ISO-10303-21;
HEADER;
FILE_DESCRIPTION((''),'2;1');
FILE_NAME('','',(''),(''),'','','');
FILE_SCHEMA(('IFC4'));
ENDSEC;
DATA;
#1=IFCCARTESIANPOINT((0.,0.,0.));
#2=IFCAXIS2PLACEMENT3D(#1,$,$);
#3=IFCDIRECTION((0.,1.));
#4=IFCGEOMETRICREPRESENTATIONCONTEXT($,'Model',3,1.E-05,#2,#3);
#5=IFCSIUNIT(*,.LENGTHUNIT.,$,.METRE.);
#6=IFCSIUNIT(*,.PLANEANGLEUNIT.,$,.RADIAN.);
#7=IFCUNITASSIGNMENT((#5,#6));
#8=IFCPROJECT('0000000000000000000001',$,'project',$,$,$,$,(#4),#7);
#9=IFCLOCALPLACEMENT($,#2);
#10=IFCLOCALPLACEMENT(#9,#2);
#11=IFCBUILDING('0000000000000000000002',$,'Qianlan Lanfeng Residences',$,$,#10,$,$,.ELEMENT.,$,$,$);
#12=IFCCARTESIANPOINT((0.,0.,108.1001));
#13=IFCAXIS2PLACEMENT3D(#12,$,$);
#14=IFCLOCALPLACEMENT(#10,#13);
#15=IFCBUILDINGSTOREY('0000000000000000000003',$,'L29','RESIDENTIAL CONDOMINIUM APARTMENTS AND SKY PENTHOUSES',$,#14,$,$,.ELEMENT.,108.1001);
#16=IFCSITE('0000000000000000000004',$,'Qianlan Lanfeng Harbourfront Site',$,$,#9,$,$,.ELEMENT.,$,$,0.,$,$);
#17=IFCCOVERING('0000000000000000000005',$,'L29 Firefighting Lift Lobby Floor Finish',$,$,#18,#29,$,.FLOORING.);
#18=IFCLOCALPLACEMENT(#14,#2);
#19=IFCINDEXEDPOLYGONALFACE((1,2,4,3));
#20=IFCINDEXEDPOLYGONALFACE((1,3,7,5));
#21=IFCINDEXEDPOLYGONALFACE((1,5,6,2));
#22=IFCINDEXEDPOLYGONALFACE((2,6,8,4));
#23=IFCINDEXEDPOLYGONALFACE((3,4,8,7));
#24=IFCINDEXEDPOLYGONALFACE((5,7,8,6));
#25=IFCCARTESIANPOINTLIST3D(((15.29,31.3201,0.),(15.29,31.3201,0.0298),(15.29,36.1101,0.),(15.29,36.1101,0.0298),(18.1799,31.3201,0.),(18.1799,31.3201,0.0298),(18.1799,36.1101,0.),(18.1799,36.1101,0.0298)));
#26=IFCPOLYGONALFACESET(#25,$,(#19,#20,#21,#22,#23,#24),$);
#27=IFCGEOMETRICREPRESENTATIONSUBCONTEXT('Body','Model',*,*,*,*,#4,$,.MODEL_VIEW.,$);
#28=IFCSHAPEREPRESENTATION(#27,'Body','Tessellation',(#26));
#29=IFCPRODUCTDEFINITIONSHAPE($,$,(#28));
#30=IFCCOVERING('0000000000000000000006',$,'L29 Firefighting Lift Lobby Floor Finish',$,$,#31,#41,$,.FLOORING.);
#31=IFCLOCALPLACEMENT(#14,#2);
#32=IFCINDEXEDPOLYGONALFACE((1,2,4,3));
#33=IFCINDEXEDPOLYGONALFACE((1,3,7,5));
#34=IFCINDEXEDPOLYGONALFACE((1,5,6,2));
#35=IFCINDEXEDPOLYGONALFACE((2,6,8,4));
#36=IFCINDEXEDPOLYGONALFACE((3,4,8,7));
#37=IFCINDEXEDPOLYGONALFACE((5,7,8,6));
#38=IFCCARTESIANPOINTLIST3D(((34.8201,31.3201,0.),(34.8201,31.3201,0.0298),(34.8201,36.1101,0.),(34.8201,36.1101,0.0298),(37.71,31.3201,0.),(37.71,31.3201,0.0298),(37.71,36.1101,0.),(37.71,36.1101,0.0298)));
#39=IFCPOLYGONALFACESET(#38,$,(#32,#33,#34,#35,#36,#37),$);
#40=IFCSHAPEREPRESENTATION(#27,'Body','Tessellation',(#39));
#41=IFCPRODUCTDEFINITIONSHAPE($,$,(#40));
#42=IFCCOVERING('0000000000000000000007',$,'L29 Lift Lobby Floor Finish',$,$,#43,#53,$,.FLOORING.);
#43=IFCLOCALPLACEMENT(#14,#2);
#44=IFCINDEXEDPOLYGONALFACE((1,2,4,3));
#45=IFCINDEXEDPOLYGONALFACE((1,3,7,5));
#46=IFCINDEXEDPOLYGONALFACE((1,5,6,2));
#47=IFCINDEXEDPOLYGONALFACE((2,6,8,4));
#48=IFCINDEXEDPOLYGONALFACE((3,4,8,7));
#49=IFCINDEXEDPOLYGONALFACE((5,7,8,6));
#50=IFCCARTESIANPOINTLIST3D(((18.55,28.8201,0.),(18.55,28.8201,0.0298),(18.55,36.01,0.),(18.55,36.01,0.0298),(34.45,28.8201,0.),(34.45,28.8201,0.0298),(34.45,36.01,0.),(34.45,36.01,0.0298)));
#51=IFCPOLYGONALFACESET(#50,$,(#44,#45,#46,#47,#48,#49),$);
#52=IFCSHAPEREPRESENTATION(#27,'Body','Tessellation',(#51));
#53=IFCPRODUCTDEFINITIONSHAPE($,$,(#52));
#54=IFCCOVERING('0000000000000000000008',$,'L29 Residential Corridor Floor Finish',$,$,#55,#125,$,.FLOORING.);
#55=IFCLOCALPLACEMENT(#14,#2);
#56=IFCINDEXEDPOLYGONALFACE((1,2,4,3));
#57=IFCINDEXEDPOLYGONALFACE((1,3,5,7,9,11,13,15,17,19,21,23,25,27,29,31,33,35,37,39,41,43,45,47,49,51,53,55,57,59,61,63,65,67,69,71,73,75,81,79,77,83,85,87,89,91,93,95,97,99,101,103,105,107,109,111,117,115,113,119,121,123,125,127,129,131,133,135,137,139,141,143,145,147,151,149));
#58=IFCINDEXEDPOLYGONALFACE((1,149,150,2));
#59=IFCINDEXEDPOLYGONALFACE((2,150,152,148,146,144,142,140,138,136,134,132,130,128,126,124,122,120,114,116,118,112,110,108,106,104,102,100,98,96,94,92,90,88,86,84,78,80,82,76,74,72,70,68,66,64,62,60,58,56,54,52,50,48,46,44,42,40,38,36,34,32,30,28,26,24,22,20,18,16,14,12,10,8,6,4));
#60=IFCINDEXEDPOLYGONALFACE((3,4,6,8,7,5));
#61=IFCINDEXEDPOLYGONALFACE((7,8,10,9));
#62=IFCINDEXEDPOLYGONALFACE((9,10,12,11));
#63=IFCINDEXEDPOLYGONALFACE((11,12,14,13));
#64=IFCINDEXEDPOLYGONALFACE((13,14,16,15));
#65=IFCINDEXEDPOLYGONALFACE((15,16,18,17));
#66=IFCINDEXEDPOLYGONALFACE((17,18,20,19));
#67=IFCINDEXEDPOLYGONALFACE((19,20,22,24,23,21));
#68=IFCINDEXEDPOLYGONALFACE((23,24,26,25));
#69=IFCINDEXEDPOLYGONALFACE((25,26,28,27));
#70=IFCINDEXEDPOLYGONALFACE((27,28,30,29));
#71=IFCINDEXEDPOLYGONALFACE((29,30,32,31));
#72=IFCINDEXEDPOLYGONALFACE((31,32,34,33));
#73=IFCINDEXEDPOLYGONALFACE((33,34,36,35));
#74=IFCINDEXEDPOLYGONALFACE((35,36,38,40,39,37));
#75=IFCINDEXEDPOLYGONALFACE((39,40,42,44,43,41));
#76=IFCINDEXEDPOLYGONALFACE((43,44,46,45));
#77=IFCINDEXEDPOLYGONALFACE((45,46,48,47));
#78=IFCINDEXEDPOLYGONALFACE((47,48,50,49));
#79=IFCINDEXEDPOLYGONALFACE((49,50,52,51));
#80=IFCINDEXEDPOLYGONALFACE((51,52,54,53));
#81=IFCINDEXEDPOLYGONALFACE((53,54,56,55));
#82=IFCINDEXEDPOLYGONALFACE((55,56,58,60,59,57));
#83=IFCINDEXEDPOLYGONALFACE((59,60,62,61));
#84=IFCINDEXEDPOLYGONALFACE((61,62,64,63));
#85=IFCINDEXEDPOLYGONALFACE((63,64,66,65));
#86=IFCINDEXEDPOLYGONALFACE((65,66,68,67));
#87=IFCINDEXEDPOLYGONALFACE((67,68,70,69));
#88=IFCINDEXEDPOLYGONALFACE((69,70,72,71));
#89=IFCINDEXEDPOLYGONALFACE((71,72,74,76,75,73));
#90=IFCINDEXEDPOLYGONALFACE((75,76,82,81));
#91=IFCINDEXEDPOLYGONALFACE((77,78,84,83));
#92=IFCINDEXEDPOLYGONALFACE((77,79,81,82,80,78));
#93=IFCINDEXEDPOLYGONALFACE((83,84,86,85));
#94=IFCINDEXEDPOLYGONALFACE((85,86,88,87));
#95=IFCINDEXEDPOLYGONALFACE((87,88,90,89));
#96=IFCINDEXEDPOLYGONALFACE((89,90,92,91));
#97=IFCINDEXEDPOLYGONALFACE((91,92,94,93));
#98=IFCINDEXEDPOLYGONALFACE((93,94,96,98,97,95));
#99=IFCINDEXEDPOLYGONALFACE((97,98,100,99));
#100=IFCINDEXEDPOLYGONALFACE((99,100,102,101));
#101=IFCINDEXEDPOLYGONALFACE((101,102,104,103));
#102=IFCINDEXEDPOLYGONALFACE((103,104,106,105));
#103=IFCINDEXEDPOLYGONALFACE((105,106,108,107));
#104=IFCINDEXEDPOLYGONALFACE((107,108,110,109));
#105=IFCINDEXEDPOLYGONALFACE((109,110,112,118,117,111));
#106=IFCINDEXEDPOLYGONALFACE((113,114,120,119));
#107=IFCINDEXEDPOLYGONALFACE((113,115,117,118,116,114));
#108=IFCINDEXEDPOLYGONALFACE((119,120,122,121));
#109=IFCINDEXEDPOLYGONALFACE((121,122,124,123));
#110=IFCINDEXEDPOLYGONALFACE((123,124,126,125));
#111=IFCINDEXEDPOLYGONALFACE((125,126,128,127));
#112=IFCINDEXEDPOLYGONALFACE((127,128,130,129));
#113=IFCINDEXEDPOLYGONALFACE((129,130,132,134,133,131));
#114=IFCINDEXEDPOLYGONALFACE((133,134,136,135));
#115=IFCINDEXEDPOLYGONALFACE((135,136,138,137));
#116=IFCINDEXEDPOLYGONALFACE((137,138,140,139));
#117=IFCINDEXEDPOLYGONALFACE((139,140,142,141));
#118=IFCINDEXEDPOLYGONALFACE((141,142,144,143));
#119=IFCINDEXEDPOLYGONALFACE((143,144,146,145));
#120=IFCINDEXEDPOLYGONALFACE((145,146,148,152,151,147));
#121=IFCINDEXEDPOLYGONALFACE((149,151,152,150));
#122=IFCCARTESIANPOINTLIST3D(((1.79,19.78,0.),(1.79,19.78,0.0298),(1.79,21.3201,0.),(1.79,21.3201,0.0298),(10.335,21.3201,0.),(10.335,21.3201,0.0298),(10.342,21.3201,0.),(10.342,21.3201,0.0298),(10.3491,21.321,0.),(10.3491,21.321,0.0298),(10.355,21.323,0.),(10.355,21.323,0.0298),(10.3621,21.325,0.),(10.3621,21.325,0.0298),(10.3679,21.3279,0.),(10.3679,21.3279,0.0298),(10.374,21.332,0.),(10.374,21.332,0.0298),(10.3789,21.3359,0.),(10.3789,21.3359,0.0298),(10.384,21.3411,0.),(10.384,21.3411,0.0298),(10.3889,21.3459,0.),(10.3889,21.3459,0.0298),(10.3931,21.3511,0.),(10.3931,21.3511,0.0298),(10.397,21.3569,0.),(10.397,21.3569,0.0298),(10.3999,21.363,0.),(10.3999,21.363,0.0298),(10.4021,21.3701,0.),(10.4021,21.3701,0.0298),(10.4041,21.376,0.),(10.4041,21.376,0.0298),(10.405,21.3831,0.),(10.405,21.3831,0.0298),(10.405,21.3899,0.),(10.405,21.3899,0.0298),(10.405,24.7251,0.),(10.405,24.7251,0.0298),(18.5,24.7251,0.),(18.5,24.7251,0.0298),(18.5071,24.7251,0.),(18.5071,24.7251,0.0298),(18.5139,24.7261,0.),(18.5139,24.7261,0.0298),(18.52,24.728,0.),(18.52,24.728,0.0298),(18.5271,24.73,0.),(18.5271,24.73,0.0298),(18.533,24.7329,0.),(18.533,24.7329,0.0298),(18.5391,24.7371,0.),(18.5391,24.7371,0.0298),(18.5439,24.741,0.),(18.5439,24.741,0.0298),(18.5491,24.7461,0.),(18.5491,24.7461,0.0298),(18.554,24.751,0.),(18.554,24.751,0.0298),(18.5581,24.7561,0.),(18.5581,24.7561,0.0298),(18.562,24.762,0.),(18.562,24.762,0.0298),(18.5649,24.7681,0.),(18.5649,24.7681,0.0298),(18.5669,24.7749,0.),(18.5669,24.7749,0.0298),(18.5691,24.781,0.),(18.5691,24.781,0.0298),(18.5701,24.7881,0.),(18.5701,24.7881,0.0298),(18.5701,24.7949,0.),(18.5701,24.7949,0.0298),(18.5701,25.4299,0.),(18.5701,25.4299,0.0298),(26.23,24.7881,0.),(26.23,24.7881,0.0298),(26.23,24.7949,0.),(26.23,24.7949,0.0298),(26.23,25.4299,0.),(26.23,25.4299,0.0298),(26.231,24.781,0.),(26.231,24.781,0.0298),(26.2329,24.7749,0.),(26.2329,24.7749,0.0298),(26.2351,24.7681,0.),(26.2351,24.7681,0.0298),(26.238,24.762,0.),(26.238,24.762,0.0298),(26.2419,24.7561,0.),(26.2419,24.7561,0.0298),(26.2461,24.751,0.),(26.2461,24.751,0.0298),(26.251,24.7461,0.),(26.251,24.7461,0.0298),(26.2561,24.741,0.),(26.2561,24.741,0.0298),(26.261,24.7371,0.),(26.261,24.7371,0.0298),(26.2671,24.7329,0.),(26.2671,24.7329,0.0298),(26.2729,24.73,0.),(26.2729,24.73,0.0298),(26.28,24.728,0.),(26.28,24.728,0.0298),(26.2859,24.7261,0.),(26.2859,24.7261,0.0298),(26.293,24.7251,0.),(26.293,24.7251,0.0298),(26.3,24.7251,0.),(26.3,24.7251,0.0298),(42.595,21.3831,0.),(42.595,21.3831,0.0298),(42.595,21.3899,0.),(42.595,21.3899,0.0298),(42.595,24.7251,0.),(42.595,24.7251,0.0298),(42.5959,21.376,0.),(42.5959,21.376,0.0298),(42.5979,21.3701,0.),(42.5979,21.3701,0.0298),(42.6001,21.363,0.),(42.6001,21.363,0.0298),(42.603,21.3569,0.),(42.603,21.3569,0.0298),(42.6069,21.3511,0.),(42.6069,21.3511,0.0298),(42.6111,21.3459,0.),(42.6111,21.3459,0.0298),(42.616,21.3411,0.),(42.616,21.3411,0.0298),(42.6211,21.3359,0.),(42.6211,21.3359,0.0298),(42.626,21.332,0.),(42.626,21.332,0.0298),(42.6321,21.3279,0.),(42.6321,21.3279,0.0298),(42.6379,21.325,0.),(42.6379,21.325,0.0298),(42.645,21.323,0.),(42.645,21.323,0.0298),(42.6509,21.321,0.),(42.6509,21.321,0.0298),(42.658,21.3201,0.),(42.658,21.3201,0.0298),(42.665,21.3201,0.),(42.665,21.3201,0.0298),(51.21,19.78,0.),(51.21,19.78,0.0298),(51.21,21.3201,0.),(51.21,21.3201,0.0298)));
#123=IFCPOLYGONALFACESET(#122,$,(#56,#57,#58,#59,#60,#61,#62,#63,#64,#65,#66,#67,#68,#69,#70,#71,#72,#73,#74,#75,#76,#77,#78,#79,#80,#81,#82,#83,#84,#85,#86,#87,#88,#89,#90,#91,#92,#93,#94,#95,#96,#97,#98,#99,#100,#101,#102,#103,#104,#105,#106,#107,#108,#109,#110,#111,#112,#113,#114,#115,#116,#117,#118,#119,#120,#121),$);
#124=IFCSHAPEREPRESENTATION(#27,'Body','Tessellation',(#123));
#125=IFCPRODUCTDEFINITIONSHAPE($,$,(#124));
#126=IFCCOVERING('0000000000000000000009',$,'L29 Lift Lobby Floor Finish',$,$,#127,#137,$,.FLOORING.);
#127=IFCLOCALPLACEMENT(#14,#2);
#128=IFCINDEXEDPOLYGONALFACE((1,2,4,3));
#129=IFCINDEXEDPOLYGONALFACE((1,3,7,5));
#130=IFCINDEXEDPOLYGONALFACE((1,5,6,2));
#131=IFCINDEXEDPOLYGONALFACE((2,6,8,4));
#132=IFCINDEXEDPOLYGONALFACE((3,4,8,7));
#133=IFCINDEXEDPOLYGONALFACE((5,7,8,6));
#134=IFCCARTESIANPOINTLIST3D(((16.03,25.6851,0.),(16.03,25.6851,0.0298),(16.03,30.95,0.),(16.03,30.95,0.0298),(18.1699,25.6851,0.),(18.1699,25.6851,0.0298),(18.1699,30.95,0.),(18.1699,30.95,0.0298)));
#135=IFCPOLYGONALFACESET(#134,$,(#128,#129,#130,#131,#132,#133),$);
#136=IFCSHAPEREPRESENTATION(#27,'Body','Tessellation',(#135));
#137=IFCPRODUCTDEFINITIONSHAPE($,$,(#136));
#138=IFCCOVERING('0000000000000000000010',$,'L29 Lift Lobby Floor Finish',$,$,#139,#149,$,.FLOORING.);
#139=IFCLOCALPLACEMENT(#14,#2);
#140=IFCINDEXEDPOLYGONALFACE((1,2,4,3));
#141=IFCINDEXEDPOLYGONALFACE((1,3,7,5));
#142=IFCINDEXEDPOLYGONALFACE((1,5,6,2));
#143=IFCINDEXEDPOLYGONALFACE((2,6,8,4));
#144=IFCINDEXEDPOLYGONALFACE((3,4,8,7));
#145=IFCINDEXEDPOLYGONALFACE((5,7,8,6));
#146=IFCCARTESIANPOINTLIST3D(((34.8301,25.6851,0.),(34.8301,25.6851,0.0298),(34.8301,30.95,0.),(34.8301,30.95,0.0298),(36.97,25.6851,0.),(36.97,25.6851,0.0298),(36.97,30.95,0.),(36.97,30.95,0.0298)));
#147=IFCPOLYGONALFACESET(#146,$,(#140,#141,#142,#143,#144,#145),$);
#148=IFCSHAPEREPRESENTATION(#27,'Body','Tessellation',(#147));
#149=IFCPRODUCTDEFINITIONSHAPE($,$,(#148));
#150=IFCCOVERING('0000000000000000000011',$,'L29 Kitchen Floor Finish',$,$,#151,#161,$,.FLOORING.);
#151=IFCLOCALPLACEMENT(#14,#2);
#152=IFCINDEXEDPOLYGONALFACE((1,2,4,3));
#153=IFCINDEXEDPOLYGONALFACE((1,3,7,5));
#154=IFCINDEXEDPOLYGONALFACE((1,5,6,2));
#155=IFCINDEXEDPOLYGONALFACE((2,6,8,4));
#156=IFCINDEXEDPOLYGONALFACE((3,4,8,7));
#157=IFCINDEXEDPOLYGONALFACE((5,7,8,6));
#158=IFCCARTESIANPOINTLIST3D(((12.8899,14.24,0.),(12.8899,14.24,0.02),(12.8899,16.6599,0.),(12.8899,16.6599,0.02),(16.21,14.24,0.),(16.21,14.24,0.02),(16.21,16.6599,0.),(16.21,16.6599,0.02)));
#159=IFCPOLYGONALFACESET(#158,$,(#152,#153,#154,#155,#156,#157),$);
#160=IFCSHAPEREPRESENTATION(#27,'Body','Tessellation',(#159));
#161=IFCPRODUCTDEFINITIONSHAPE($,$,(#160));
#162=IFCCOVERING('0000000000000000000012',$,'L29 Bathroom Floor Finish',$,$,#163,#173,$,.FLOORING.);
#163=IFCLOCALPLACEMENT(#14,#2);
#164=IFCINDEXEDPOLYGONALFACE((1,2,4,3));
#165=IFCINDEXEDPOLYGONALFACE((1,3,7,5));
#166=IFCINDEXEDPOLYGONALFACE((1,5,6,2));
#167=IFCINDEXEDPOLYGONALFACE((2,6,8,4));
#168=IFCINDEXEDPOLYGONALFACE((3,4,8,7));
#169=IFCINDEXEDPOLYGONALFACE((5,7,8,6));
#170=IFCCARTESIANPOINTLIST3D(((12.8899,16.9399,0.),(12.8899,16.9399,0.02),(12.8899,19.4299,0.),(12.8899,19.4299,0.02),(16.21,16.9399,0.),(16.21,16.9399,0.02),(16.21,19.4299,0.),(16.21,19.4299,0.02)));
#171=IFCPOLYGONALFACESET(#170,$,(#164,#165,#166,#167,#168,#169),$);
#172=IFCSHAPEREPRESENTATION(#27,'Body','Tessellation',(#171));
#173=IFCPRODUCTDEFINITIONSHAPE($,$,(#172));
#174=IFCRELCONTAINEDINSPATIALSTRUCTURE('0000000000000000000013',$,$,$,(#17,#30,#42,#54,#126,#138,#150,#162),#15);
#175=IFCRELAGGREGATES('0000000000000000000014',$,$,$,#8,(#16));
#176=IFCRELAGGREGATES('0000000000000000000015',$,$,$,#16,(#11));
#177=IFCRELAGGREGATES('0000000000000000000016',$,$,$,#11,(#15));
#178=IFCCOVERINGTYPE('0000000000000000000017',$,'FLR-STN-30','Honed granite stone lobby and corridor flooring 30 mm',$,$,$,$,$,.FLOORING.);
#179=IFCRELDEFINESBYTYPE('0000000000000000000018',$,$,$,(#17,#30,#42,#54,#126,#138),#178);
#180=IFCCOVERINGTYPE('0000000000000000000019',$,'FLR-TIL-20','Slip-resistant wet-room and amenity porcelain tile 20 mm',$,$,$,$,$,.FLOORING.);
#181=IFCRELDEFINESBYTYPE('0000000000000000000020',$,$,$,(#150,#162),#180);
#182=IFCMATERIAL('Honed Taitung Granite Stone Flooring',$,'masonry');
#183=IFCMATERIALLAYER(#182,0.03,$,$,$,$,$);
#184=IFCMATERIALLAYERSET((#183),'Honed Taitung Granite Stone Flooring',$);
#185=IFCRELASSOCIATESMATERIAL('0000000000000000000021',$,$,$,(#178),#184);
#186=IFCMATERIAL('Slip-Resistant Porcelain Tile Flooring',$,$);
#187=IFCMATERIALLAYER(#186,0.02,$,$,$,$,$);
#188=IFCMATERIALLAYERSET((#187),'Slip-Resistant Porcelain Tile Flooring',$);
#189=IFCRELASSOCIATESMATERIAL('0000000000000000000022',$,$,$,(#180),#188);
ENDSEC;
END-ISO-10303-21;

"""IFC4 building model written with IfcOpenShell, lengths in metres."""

from ifc_helpers import new_model, si_unit, direction, frame, origin, place, context, subcontext, project, spatial, polyline, outline, extrude, material, layer, layer_set, type_object, element, save


model = new_model("IFC4")

# Units and contexts
model_context = context("Model", 3, precision=1e-05, world=origin(), true_north=direction((0.0, 1.0)))
body_context = subcontext(model_context, "Body", "Model", "MODEL_VIEW")
ifc_project = project(units=[si_unit("LENGTHUNIT", "METRE"), si_unit("PLANEANGLEUNIT", "RADIAN")], contexts=[model_context])

# Site, building, storey
site_placement = place(None, origin())
site = spatial("IfcSite", under=ifc_project, at=site_placement, Name="Qianlan Lanfeng Harbourfront Site", CompositionType="ELEMENT", RefElevation=0.0)
building_placement = place(site_placement, origin())
building = spatial("IfcBuilding", under=site, at=building_placement, Name="Qianlan Lanfeng Residences", CompositionType="ELEMENT")
storey_placement = place(building_placement, frame((0.0, 0.0, 108.1001)))
storey = spatial("IfcBuildingStorey", under=building, at=storey_placement, Name="L29", Description="RESIDENTIAL CONDOMINIUM APARTMENTS AND SKY PENTHOUSES", CompositionType="ELEMENT", Elevation=108.1001)

# Coverings
ifc_material_1 = material(Name="Honed Taitung Granite Stone Flooring", Category="masonry")
ifc_layer_1 = layer(ifc_material_1, 0.03)
ifc_layer_set_1 = layer_set([ifc_layer_1], Name="Honed Taitung Granite Stone Flooring")
covering_type_1 = type_object("IfcCoveringType", Name="FLR-STN-30", Description="Honed granite stone lobby and corridor flooring 30 mm", PredefinedType="FLOORING", material=ifc_layer_set_1)
covering_1_placement = place(storey_placement, origin())
element("IfcCovering", 1, at=covering_1_placement, inside=storey, type_object=covering_type_1, Name="L29 Firefighting Lift Lobby Floor Finish", PredefinedType="FLOORING", context=body_context, shape_type="SweptSolid", body=[
    extrude(outline(polyline([(15.29, 31.3201), (18.1799, 31.3201), (18.1799, 36.1101), (15.29, 36.1101), (15.29, 31.3201)])), origin(), (0.0, 0.0, 1.0), 0.0298),
])
covering_2_placement = place(storey_placement, origin())
element("IfcCovering", 2, at=covering_2_placement, inside=storey, type_object=covering_type_1, Name="L29 Firefighting Lift Lobby Floor Finish", PredefinedType="FLOORING", context=body_context, shape_type="SweptSolid", body=[
    extrude(outline(polyline([(34.8201, 31.3201), (37.71, 31.3201), (37.71, 36.1101), (34.8201, 36.1101), (34.8201, 31.3201)])), origin(), (0.0, 0.0, 1.0), 0.0298),
])
covering_3_placement = place(storey_placement, origin())
element("IfcCovering", 3, at=covering_3_placement, inside=storey, type_object=covering_type_1, Name="L29 Lift Lobby Floor Finish", PredefinedType="FLOORING", context=body_context, shape_type="SweptSolid", body=[
    extrude(outline(polyline([(18.55, 28.8201), (34.45, 28.8201), (34.45, 36.01), (18.55, 36.01), (18.55, 28.8201)])), origin(), (0.0, 0.0, 1.0), 0.0298),
])
covering_4_placement = place(storey_placement, origin())
element("IfcCovering", 4, at=covering_4_placement, inside=storey, type_object=covering_type_1, Name="L29 Residential Corridor Floor Finish", PredefinedType="FLOORING", context=body_context, shape_type="SweptSolid", body=[
    extrude(outline(polyline([(1.79, 19.78), (51.21, 19.78), (51.21, 21.3201), (42.665, 21.3201), (42.658, 21.3201), (42.6509, 21.321), (42.645, 21.323), (42.6379, 21.325), (42.6321, 21.3279), (42.626, 21.332), (42.6211, 21.3359), (42.616, 21.3411), (42.6111, 21.3459), (42.6069, 21.3511), (42.603, 21.3569), (42.6001, 21.363), (42.5979, 21.3701), (42.5959, 21.376), (42.595, 21.3831), (42.595, 21.3899), (42.595, 24.7251), (26.3, 24.7251), (26.293, 24.7251), (26.2859, 24.7261), (26.28, 24.728), (26.2729, 24.73), (26.2671, 24.7329), (26.261, 24.7371), (26.2561, 24.741), (26.251, 24.7461), (26.2461, 24.751), (26.2419, 24.7561), (26.238, 24.762), (26.2351, 24.7681), (26.2329, 24.7749), (26.231, 24.781), (26.23, 24.7881), (26.23, 24.7949), (26.23, 25.4299), (18.5701, 25.4299), (18.5701, 24.7949), (18.5701, 24.7881), (18.5691, 24.781), (18.5669, 24.7749), (18.5649, 24.7681), (18.562, 24.762), (18.5581, 24.7561), (18.554, 24.751), (18.5491, 24.7461), (18.5439, 24.741), (18.5391, 24.7371), (18.533, 24.7329), (18.5271, 24.73), (18.52, 24.728), (18.5139, 24.7261), (18.5071, 24.7251), (18.5, 24.7251), (10.405, 24.7251), (10.405, 21.3899), (10.405, 21.3831), (10.4041, 21.376), (10.4021, 21.3701), (10.3999, 21.363), (10.397, 21.3569), (10.3931, 21.3511), (10.3889, 21.3459), (10.384, 21.3411), (10.3789, 21.3359), (10.374, 21.332), (10.3679, 21.3279), (10.3621, 21.325), (10.355, 21.323), (10.3491, 21.321), (10.342, 21.3201), (10.335, 21.3201), (1.79, 21.3201), (1.79, 19.78)])), origin(), (0.0, 0.0, 1.0), 0.0298),
])
covering_5_placement = place(storey_placement, origin())
element("IfcCovering", 5, at=covering_5_placement, inside=storey, type_object=covering_type_1, Name="L29 Lift Lobby Floor Finish", PredefinedType="FLOORING", context=body_context, shape_type="SweptSolid", body=[
    extrude(outline(polyline([(16.03, 25.6851), (18.1699, 25.6851), (18.1699, 30.95), (16.03, 30.95), (16.03, 25.6851)])), origin(), (0.0, 0.0, 1.0), 0.0298),
])
covering_6_placement = place(storey_placement, origin())
element("IfcCovering", 6, at=covering_6_placement, inside=storey, type_object=covering_type_1, Name="L29 Lift Lobby Floor Finish", PredefinedType="FLOORING", context=body_context, shape_type="SweptSolid", body=[
    extrude(outline(polyline([(34.8301, 25.6851), (36.97, 25.6851), (36.97, 30.95), (34.8301, 30.95), (34.8301, 25.6851)])), origin(), (0.0, 0.0, 1.0), 0.0298),
])
ifc_material_2 = material(Name="Slip-Resistant Porcelain Tile Flooring")
ifc_layer_2 = layer(ifc_material_2, 0.02)
ifc_layer_set_2 = layer_set([ifc_layer_2], Name="Slip-Resistant Porcelain Tile Flooring")
covering_type_2 = type_object("IfcCoveringType", Name="FLR-TIL-20", Description="Slip-resistant wet-room and amenity porcelain tile 20 mm", PredefinedType="FLOORING", material=ifc_layer_set_2)
covering_7_placement = place(storey_placement, origin())
element("IfcCovering", 7, at=covering_7_placement, inside=storey, type_object=covering_type_2, Name="L29 Kitchen Floor Finish", PredefinedType="FLOORING", context=body_context, shape_type="SweptSolid", body=[
    extrude(outline(polyline([(12.8899, 14.24), (16.21, 14.24), (16.21, 16.6599), (12.8899, 16.6599), (12.8899, 14.24)])), origin(), (0.0, 0.0, 1.0), 0.02),
])
covering_8_placement = place(storey_placement, origin())
element("IfcCovering", 8, at=covering_8_placement, inside=storey, type_object=covering_type_2, Name="L29 Bathroom Floor Finish", PredefinedType="FLOORING", context=body_context, shape_type="SweptSolid", body=[
    extrude(outline(polyline([(12.8899, 16.9399), (16.21, 16.9399), (16.21, 19.4299), (12.8899, 19.4299), (12.8899, 16.9399)])), origin(), (0.0, 0.0, 1.0), 0.02),
])

save(model, "model.ifc")
